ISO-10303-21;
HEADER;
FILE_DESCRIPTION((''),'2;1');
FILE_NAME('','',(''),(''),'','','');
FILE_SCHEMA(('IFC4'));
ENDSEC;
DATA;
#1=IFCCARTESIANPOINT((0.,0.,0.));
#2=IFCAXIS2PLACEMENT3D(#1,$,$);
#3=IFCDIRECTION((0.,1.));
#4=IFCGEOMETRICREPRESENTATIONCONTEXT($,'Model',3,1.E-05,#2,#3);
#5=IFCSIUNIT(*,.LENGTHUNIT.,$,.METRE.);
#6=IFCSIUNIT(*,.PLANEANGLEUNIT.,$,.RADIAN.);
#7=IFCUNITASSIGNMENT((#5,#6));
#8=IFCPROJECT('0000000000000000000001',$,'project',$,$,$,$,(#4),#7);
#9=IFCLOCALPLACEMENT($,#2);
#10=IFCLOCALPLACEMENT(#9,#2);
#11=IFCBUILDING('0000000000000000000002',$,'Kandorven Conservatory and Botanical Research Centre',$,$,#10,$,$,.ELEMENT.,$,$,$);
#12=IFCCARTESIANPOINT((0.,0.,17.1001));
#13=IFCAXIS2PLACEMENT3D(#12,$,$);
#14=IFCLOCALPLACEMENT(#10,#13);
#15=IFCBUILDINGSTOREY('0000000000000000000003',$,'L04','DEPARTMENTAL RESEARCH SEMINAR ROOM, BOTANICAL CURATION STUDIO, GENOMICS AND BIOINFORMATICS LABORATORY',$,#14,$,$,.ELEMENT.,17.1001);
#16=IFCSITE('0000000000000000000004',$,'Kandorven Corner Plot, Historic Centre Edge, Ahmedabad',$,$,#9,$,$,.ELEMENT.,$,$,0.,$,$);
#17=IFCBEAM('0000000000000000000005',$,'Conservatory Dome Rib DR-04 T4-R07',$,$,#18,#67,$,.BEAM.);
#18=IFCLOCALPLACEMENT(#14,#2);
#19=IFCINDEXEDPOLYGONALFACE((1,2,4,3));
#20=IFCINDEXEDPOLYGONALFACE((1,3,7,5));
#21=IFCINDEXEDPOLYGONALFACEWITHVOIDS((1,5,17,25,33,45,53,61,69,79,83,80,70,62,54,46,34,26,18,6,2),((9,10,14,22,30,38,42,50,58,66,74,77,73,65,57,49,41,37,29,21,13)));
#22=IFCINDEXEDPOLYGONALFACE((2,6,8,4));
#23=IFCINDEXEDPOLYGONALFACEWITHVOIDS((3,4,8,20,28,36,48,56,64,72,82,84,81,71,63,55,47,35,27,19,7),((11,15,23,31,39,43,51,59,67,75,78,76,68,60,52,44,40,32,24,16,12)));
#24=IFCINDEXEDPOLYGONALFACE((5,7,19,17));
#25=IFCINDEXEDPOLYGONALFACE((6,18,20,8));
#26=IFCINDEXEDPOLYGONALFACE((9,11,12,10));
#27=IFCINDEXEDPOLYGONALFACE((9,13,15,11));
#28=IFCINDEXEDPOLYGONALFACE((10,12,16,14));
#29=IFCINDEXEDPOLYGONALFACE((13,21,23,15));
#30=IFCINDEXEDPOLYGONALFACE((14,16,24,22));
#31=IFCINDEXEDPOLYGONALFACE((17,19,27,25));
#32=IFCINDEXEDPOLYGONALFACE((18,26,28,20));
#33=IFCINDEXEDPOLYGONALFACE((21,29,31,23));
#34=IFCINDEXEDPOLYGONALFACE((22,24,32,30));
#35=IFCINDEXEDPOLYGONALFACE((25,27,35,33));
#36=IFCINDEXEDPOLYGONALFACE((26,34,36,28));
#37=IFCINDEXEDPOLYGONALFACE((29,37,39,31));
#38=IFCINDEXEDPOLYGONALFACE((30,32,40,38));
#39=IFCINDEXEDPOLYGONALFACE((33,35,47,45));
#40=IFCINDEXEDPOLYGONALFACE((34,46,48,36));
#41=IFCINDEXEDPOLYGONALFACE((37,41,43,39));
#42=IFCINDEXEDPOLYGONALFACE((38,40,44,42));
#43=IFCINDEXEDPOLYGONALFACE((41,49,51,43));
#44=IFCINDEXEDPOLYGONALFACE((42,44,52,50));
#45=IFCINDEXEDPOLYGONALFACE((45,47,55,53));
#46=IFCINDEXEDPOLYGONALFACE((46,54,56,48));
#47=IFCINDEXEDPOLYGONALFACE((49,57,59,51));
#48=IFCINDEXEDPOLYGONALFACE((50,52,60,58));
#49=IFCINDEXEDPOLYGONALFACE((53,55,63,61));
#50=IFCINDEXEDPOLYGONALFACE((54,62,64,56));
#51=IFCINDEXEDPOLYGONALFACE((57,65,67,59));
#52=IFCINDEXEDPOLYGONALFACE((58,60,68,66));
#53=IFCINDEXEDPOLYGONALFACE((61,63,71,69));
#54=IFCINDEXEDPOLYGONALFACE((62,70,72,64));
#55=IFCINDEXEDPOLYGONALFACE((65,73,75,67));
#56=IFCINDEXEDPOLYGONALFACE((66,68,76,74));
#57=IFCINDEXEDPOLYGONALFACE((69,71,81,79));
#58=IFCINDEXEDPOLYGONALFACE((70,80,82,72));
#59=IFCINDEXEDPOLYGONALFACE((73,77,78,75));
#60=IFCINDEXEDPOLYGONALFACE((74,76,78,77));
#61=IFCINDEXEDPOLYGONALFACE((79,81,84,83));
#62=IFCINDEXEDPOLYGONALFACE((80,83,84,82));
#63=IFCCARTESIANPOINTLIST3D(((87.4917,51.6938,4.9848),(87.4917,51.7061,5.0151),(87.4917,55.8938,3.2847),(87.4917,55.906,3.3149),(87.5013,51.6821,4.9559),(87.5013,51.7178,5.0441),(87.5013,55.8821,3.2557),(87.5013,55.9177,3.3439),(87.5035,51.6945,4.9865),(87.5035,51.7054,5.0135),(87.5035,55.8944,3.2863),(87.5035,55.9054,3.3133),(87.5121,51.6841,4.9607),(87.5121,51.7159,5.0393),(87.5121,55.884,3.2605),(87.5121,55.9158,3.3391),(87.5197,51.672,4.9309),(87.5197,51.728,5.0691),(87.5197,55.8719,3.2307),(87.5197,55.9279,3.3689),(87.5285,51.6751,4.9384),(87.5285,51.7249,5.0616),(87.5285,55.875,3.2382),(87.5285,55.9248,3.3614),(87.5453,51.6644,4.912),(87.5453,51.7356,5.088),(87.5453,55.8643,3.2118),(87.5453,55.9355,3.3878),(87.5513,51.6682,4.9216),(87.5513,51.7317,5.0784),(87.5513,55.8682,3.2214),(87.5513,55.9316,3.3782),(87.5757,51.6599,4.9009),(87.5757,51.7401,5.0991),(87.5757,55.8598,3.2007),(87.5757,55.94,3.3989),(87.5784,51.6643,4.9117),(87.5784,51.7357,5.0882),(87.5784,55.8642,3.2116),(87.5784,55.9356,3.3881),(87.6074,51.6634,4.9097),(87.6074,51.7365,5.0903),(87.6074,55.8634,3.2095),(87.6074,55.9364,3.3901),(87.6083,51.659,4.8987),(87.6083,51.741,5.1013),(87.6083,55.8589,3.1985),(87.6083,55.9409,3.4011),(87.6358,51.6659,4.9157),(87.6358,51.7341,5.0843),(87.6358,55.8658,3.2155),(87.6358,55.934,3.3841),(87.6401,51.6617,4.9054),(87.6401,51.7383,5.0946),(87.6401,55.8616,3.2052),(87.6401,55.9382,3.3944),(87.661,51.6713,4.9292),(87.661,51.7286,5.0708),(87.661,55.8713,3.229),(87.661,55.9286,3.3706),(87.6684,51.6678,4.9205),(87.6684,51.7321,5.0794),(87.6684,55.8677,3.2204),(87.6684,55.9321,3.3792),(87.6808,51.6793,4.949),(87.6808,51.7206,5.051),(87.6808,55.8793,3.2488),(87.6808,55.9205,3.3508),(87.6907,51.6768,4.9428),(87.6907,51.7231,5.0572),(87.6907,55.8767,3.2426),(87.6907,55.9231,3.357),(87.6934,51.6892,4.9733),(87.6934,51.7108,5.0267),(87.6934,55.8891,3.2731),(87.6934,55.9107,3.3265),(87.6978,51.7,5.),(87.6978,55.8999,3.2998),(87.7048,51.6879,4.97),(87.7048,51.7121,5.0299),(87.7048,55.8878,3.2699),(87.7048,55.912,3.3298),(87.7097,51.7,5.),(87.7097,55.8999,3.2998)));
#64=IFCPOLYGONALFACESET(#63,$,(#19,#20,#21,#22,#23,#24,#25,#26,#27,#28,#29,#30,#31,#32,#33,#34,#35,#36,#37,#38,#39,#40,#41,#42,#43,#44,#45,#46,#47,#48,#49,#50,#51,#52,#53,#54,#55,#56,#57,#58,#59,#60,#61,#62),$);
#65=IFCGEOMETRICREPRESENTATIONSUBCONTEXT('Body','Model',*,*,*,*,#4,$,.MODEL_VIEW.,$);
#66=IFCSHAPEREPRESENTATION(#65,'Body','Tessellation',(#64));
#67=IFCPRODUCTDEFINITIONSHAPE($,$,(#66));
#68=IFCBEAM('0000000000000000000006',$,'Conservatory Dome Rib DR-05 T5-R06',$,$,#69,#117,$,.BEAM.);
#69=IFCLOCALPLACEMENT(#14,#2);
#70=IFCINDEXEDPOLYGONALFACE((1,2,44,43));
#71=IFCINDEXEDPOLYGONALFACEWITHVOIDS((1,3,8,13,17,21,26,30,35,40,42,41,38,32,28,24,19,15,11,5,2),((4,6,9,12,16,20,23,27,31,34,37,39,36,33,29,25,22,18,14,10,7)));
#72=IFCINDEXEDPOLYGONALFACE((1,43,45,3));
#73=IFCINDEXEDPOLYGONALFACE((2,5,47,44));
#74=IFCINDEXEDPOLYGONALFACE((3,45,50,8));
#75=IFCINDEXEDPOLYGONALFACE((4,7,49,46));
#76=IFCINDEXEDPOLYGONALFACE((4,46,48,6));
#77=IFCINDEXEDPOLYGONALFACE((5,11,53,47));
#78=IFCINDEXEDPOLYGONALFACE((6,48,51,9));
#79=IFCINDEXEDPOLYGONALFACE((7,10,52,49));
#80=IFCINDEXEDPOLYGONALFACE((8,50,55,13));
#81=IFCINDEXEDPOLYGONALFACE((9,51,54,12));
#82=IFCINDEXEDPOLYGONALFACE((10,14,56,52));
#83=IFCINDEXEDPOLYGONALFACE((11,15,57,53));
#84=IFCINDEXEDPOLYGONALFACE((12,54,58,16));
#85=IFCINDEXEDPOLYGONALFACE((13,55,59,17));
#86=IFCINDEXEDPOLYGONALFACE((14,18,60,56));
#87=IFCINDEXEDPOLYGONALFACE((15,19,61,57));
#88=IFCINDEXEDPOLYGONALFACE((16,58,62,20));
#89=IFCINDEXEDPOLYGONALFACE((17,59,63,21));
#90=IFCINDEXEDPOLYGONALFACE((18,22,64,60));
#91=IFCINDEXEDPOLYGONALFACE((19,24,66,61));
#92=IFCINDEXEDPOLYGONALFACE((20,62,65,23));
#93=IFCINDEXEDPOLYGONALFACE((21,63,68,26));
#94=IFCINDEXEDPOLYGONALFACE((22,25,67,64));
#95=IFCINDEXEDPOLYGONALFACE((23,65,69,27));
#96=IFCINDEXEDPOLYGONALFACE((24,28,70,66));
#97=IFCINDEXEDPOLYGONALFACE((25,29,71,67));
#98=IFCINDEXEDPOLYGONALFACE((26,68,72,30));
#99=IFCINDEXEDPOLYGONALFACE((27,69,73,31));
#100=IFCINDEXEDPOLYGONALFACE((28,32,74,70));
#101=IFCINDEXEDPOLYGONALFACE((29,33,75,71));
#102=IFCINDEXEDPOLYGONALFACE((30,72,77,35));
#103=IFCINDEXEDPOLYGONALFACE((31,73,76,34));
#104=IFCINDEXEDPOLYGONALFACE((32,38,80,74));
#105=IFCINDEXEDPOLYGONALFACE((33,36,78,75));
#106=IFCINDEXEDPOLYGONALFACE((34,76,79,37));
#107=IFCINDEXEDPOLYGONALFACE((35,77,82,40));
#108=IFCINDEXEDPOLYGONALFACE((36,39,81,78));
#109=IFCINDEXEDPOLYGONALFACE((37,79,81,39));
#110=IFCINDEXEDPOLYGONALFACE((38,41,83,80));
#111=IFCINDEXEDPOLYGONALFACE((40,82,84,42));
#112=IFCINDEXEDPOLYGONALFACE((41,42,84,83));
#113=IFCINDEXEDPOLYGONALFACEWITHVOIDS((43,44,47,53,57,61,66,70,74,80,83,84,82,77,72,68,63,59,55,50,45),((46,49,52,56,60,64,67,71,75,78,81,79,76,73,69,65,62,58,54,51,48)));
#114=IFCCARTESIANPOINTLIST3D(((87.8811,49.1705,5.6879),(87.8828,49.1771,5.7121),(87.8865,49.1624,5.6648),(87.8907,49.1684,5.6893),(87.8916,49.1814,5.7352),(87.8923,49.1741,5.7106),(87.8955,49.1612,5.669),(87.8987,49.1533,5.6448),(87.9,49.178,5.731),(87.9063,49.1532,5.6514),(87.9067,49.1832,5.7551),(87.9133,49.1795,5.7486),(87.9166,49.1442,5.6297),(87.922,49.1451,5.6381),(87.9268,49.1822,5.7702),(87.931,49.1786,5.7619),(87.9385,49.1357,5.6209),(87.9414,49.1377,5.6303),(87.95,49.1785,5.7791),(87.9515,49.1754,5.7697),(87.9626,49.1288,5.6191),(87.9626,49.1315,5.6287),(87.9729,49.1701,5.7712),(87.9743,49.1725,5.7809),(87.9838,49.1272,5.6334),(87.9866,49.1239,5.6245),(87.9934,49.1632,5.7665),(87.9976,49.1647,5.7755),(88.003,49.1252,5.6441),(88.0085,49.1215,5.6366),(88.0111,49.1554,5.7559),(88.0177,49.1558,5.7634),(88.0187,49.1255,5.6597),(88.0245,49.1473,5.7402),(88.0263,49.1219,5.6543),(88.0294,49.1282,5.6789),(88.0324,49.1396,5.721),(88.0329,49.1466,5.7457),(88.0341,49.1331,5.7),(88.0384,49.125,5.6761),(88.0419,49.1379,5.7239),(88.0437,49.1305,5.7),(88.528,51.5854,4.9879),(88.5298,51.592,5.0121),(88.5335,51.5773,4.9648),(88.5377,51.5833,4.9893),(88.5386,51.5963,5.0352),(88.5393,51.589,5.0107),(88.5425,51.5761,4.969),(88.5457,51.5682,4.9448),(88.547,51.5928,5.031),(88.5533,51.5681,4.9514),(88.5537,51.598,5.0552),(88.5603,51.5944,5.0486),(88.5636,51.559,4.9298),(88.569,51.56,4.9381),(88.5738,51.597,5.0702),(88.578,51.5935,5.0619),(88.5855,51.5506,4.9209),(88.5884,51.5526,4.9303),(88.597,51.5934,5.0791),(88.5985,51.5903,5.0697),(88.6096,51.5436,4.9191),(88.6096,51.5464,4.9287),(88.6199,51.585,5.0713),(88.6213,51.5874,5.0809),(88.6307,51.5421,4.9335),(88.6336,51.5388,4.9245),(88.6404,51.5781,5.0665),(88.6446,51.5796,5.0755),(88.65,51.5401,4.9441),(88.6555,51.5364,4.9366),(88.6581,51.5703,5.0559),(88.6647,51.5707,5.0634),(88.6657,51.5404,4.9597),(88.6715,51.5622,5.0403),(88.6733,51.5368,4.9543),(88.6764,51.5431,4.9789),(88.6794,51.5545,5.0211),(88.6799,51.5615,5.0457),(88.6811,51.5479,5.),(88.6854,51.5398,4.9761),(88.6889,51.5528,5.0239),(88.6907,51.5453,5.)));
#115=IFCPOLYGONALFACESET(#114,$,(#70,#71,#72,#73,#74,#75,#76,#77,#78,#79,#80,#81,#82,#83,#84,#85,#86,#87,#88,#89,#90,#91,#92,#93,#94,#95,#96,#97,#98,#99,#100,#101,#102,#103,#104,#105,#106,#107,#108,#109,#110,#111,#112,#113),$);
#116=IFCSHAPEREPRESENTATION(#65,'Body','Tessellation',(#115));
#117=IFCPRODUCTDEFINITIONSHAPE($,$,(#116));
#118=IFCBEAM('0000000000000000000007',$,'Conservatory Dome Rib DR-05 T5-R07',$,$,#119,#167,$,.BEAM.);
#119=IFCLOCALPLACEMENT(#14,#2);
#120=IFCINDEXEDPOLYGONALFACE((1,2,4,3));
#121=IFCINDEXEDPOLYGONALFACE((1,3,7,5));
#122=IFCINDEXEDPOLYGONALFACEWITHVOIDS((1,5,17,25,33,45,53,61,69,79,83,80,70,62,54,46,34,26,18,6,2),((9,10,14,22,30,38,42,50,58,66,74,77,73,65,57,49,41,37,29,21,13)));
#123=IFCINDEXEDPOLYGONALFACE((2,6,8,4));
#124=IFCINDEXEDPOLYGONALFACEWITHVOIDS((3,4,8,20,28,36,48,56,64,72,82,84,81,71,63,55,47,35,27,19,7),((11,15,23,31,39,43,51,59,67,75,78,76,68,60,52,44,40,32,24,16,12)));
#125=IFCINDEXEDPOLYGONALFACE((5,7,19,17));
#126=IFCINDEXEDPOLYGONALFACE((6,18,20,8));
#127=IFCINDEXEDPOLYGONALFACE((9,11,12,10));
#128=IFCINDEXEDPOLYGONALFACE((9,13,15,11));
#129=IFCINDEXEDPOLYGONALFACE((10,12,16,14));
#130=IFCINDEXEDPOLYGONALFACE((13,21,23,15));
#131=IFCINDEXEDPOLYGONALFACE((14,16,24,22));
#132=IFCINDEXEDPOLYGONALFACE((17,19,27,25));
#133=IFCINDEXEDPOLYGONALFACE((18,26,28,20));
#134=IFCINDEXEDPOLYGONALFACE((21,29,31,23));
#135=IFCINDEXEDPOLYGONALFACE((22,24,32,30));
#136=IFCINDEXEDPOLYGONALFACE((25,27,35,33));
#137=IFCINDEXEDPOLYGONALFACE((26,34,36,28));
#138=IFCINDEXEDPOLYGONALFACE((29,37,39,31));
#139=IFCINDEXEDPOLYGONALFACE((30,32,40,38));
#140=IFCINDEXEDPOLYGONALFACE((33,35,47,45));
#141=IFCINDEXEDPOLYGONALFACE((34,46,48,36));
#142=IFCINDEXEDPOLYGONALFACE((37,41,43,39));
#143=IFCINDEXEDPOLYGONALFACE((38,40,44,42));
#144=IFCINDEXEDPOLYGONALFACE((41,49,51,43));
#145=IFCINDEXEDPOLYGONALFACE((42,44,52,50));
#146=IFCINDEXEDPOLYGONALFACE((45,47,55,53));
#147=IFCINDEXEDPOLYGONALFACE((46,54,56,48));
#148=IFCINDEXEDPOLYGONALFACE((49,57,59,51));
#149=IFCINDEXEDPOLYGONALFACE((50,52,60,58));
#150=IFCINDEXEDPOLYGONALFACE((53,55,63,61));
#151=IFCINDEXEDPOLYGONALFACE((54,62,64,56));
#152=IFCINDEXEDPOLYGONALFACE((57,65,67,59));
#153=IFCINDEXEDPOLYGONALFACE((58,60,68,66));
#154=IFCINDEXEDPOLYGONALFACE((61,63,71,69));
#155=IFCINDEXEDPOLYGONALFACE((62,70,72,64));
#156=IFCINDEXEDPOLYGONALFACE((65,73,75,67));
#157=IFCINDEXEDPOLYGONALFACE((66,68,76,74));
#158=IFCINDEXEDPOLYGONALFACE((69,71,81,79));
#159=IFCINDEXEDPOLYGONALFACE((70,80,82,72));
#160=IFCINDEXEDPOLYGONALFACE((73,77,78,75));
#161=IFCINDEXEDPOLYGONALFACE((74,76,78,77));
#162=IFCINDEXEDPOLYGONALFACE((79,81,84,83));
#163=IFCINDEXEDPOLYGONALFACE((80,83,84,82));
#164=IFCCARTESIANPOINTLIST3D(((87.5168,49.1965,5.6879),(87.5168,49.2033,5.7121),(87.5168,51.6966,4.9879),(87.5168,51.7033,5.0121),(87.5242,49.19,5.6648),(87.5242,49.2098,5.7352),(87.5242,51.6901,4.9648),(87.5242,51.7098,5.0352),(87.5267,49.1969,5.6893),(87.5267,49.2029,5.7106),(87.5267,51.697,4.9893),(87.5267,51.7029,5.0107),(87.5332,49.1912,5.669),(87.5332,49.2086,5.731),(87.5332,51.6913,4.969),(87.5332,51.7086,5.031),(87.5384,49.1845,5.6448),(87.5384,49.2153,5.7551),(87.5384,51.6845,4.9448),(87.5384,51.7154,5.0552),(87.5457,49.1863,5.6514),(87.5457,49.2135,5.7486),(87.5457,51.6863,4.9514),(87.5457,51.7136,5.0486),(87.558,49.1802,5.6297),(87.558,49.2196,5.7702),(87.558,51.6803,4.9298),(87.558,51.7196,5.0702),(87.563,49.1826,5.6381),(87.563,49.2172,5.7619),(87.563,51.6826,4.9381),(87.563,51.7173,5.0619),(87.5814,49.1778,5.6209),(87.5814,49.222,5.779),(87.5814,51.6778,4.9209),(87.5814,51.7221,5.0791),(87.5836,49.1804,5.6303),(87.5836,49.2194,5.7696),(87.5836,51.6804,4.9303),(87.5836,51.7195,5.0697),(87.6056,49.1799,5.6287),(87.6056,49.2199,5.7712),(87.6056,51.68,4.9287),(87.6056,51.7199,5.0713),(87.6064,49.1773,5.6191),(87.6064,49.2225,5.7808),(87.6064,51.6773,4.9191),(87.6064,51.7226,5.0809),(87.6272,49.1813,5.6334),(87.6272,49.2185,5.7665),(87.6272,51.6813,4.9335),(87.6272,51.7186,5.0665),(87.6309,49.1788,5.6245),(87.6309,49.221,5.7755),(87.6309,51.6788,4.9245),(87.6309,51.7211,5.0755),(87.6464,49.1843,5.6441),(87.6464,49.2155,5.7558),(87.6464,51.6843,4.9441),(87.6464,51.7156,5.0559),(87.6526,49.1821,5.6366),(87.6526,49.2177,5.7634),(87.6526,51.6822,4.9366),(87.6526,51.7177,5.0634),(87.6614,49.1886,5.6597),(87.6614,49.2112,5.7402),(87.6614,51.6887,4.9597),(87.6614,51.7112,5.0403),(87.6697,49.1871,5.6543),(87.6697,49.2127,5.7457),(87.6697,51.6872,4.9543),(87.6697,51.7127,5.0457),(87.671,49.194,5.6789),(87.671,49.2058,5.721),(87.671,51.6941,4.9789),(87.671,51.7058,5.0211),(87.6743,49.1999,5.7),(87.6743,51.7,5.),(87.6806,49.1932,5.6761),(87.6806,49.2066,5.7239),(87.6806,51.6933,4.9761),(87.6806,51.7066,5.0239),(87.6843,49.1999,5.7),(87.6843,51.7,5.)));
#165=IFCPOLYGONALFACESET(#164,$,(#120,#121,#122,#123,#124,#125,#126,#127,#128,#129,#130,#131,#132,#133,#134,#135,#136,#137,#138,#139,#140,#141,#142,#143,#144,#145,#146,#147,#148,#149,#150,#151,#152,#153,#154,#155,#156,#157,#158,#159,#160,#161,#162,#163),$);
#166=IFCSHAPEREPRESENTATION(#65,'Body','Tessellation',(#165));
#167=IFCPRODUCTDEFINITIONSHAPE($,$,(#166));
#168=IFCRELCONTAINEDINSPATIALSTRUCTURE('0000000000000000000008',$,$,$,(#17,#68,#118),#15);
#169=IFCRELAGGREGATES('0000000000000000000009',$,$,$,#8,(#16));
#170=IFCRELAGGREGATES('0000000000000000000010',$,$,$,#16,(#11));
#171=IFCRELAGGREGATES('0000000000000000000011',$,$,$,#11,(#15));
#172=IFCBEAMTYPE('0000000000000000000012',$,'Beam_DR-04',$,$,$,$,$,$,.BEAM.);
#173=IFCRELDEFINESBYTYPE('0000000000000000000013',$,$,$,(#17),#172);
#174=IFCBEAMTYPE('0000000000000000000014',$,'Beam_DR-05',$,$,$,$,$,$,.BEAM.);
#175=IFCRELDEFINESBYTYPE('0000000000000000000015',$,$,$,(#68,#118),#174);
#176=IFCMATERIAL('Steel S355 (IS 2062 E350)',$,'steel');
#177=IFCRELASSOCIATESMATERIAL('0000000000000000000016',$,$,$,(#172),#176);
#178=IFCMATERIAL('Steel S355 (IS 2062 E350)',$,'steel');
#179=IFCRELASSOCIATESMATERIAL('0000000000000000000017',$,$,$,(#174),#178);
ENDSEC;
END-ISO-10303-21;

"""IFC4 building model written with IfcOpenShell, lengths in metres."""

from ifc_helpers import new_model, si_unit, direction, frame, origin, origin_2d, place, context, subcontext, project, spatial, hollow_circle, extrude, material, material_profile, profile_set, type_object, element, save


model = new_model("IFC4")

# Units and contexts
model_context = context("Model", 3, precision=1e-05, world=origin(), true_north=direction((0.0, 1.0)))
body_context = subcontext(model_context, "Body", "Model", "MODEL_VIEW")
ifc_project = project(units=[si_unit("LENGTHUNIT", "METRE"), si_unit("PLANEANGLEUNIT", "RADIAN")], contexts=[model_context])

# Site, building, storey
site_placement = place(None, origin())
site = spatial("IfcSite", under=ifc_project, at=site_placement, Name="Kandorven Corner Plot, Historic Centre Edge, Ahmedabad", CompositionType="ELEMENT", RefElevation=0.0)
building_placement = place(site_placement, origin())
building = spatial("IfcBuilding", under=site, at=building_placement, Name="Kandorven Conservatory and Botanical Research Centre", CompositionType="ELEMENT")
storey_placement = place(building_placement, frame((0.0, 0.0, 17.1001)))
storey = spatial("IfcBuildingStorey", under=building, at=storey_placement, Name="L04", Description="DEPARTMENTAL RESEARCH SEMINAR ROOM, BOTANICAL CURATION STUDIO, GENOMICS AND BIOINFORMATICS LABORATORY", CompositionType="ELEMENT", Elevation=17.1001)

# Beams
ifc_material_1 = material(Name="Steel S355 (IS 2062 E350)", Category="steel")
ifc_material_profile_1 = material_profile(ifc_material_1, hollow_circle(Radius=0.1096, WallThickness=0.012, at=origin_2d()))
ifc_profile_set_1 = profile_set([ifc_material_profile_1], Name="Steel S355 (IS 2062 E350)")
beam_type_1 = type_object("IfcBeamType", Name="Beam_DR-04", PredefinedType="BEAM", material=ifc_profile_set_1)
for number, where, z_axis, x_axis, name in (
    (1, (87.6001, 55.8999, 3.2998), (0.0, -0.92693, 0.375234), (1.0, 0.0, 0.0), "Conservatory Dome Rib DR-04 T4-R07"),
):
    element("IfcBeam", number, at=place(storey_placement, frame(where, z_axis=z_axis, x_axis=x_axis)), inside=storey, type_object=beam_type_1, Name=name, PredefinedType="BEAM", context=body_context, shape_type="SweptSolid", body=[
        extrude(hollow_circle(Radius=0.1096, WallThickness=0.012, at=origin_2d()), origin(), (0.0, 0.0, 1.0), 4.531),
    ])
ifc_material_2 = material(Name="Steel S355 (IS 2062 E350)", Category="steel")
ifc_material_profile_2 = material_profile(ifc_material_2, hollow_circle(Radius=0.0842, WallThickness=0.01, at=origin_2d()))
ifc_profile_set_2 = profile_set([ifc_material_profile_2], Name="Steel S355 (IS 2062 E350)")
beam_type_2 = type_object("IfcBeamType", Name="Beam_DR-05", PredefinedType="BEAM", material=ifc_profile_set_2)
for number, where, z_axis, x_axis, name in (
    (2, (88.6094, 51.5671, 5.0), (-0.249209, -0.930162, 0.269616), (0.965933, -0.258793, 0.0), "Conservatory Dome Rib DR-05 T5-R06"),
    (3, (87.6001, 51.7, 5.0), (0.0, -0.962969, 0.269612), (1.0, 0.0, 0.0), "Conservatory Dome Rib DR-05 T5-R07"),
):
    element("IfcBeam", number, at=place(storey_placement, frame(where, z_axis=z_axis, x_axis=x_axis)), inside=storey, type_object=beam_type_2, Name=name, PredefinedType="BEAM", context=body_context, shape_type="SweptSolid", body=[
        extrude(hollow_circle(Radius=0.0842, WallThickness=0.01, at=origin_2d()), origin(), (0.0, 0.0, 1.0), 2.5962),
    ])

save(model, "model.ifc")
